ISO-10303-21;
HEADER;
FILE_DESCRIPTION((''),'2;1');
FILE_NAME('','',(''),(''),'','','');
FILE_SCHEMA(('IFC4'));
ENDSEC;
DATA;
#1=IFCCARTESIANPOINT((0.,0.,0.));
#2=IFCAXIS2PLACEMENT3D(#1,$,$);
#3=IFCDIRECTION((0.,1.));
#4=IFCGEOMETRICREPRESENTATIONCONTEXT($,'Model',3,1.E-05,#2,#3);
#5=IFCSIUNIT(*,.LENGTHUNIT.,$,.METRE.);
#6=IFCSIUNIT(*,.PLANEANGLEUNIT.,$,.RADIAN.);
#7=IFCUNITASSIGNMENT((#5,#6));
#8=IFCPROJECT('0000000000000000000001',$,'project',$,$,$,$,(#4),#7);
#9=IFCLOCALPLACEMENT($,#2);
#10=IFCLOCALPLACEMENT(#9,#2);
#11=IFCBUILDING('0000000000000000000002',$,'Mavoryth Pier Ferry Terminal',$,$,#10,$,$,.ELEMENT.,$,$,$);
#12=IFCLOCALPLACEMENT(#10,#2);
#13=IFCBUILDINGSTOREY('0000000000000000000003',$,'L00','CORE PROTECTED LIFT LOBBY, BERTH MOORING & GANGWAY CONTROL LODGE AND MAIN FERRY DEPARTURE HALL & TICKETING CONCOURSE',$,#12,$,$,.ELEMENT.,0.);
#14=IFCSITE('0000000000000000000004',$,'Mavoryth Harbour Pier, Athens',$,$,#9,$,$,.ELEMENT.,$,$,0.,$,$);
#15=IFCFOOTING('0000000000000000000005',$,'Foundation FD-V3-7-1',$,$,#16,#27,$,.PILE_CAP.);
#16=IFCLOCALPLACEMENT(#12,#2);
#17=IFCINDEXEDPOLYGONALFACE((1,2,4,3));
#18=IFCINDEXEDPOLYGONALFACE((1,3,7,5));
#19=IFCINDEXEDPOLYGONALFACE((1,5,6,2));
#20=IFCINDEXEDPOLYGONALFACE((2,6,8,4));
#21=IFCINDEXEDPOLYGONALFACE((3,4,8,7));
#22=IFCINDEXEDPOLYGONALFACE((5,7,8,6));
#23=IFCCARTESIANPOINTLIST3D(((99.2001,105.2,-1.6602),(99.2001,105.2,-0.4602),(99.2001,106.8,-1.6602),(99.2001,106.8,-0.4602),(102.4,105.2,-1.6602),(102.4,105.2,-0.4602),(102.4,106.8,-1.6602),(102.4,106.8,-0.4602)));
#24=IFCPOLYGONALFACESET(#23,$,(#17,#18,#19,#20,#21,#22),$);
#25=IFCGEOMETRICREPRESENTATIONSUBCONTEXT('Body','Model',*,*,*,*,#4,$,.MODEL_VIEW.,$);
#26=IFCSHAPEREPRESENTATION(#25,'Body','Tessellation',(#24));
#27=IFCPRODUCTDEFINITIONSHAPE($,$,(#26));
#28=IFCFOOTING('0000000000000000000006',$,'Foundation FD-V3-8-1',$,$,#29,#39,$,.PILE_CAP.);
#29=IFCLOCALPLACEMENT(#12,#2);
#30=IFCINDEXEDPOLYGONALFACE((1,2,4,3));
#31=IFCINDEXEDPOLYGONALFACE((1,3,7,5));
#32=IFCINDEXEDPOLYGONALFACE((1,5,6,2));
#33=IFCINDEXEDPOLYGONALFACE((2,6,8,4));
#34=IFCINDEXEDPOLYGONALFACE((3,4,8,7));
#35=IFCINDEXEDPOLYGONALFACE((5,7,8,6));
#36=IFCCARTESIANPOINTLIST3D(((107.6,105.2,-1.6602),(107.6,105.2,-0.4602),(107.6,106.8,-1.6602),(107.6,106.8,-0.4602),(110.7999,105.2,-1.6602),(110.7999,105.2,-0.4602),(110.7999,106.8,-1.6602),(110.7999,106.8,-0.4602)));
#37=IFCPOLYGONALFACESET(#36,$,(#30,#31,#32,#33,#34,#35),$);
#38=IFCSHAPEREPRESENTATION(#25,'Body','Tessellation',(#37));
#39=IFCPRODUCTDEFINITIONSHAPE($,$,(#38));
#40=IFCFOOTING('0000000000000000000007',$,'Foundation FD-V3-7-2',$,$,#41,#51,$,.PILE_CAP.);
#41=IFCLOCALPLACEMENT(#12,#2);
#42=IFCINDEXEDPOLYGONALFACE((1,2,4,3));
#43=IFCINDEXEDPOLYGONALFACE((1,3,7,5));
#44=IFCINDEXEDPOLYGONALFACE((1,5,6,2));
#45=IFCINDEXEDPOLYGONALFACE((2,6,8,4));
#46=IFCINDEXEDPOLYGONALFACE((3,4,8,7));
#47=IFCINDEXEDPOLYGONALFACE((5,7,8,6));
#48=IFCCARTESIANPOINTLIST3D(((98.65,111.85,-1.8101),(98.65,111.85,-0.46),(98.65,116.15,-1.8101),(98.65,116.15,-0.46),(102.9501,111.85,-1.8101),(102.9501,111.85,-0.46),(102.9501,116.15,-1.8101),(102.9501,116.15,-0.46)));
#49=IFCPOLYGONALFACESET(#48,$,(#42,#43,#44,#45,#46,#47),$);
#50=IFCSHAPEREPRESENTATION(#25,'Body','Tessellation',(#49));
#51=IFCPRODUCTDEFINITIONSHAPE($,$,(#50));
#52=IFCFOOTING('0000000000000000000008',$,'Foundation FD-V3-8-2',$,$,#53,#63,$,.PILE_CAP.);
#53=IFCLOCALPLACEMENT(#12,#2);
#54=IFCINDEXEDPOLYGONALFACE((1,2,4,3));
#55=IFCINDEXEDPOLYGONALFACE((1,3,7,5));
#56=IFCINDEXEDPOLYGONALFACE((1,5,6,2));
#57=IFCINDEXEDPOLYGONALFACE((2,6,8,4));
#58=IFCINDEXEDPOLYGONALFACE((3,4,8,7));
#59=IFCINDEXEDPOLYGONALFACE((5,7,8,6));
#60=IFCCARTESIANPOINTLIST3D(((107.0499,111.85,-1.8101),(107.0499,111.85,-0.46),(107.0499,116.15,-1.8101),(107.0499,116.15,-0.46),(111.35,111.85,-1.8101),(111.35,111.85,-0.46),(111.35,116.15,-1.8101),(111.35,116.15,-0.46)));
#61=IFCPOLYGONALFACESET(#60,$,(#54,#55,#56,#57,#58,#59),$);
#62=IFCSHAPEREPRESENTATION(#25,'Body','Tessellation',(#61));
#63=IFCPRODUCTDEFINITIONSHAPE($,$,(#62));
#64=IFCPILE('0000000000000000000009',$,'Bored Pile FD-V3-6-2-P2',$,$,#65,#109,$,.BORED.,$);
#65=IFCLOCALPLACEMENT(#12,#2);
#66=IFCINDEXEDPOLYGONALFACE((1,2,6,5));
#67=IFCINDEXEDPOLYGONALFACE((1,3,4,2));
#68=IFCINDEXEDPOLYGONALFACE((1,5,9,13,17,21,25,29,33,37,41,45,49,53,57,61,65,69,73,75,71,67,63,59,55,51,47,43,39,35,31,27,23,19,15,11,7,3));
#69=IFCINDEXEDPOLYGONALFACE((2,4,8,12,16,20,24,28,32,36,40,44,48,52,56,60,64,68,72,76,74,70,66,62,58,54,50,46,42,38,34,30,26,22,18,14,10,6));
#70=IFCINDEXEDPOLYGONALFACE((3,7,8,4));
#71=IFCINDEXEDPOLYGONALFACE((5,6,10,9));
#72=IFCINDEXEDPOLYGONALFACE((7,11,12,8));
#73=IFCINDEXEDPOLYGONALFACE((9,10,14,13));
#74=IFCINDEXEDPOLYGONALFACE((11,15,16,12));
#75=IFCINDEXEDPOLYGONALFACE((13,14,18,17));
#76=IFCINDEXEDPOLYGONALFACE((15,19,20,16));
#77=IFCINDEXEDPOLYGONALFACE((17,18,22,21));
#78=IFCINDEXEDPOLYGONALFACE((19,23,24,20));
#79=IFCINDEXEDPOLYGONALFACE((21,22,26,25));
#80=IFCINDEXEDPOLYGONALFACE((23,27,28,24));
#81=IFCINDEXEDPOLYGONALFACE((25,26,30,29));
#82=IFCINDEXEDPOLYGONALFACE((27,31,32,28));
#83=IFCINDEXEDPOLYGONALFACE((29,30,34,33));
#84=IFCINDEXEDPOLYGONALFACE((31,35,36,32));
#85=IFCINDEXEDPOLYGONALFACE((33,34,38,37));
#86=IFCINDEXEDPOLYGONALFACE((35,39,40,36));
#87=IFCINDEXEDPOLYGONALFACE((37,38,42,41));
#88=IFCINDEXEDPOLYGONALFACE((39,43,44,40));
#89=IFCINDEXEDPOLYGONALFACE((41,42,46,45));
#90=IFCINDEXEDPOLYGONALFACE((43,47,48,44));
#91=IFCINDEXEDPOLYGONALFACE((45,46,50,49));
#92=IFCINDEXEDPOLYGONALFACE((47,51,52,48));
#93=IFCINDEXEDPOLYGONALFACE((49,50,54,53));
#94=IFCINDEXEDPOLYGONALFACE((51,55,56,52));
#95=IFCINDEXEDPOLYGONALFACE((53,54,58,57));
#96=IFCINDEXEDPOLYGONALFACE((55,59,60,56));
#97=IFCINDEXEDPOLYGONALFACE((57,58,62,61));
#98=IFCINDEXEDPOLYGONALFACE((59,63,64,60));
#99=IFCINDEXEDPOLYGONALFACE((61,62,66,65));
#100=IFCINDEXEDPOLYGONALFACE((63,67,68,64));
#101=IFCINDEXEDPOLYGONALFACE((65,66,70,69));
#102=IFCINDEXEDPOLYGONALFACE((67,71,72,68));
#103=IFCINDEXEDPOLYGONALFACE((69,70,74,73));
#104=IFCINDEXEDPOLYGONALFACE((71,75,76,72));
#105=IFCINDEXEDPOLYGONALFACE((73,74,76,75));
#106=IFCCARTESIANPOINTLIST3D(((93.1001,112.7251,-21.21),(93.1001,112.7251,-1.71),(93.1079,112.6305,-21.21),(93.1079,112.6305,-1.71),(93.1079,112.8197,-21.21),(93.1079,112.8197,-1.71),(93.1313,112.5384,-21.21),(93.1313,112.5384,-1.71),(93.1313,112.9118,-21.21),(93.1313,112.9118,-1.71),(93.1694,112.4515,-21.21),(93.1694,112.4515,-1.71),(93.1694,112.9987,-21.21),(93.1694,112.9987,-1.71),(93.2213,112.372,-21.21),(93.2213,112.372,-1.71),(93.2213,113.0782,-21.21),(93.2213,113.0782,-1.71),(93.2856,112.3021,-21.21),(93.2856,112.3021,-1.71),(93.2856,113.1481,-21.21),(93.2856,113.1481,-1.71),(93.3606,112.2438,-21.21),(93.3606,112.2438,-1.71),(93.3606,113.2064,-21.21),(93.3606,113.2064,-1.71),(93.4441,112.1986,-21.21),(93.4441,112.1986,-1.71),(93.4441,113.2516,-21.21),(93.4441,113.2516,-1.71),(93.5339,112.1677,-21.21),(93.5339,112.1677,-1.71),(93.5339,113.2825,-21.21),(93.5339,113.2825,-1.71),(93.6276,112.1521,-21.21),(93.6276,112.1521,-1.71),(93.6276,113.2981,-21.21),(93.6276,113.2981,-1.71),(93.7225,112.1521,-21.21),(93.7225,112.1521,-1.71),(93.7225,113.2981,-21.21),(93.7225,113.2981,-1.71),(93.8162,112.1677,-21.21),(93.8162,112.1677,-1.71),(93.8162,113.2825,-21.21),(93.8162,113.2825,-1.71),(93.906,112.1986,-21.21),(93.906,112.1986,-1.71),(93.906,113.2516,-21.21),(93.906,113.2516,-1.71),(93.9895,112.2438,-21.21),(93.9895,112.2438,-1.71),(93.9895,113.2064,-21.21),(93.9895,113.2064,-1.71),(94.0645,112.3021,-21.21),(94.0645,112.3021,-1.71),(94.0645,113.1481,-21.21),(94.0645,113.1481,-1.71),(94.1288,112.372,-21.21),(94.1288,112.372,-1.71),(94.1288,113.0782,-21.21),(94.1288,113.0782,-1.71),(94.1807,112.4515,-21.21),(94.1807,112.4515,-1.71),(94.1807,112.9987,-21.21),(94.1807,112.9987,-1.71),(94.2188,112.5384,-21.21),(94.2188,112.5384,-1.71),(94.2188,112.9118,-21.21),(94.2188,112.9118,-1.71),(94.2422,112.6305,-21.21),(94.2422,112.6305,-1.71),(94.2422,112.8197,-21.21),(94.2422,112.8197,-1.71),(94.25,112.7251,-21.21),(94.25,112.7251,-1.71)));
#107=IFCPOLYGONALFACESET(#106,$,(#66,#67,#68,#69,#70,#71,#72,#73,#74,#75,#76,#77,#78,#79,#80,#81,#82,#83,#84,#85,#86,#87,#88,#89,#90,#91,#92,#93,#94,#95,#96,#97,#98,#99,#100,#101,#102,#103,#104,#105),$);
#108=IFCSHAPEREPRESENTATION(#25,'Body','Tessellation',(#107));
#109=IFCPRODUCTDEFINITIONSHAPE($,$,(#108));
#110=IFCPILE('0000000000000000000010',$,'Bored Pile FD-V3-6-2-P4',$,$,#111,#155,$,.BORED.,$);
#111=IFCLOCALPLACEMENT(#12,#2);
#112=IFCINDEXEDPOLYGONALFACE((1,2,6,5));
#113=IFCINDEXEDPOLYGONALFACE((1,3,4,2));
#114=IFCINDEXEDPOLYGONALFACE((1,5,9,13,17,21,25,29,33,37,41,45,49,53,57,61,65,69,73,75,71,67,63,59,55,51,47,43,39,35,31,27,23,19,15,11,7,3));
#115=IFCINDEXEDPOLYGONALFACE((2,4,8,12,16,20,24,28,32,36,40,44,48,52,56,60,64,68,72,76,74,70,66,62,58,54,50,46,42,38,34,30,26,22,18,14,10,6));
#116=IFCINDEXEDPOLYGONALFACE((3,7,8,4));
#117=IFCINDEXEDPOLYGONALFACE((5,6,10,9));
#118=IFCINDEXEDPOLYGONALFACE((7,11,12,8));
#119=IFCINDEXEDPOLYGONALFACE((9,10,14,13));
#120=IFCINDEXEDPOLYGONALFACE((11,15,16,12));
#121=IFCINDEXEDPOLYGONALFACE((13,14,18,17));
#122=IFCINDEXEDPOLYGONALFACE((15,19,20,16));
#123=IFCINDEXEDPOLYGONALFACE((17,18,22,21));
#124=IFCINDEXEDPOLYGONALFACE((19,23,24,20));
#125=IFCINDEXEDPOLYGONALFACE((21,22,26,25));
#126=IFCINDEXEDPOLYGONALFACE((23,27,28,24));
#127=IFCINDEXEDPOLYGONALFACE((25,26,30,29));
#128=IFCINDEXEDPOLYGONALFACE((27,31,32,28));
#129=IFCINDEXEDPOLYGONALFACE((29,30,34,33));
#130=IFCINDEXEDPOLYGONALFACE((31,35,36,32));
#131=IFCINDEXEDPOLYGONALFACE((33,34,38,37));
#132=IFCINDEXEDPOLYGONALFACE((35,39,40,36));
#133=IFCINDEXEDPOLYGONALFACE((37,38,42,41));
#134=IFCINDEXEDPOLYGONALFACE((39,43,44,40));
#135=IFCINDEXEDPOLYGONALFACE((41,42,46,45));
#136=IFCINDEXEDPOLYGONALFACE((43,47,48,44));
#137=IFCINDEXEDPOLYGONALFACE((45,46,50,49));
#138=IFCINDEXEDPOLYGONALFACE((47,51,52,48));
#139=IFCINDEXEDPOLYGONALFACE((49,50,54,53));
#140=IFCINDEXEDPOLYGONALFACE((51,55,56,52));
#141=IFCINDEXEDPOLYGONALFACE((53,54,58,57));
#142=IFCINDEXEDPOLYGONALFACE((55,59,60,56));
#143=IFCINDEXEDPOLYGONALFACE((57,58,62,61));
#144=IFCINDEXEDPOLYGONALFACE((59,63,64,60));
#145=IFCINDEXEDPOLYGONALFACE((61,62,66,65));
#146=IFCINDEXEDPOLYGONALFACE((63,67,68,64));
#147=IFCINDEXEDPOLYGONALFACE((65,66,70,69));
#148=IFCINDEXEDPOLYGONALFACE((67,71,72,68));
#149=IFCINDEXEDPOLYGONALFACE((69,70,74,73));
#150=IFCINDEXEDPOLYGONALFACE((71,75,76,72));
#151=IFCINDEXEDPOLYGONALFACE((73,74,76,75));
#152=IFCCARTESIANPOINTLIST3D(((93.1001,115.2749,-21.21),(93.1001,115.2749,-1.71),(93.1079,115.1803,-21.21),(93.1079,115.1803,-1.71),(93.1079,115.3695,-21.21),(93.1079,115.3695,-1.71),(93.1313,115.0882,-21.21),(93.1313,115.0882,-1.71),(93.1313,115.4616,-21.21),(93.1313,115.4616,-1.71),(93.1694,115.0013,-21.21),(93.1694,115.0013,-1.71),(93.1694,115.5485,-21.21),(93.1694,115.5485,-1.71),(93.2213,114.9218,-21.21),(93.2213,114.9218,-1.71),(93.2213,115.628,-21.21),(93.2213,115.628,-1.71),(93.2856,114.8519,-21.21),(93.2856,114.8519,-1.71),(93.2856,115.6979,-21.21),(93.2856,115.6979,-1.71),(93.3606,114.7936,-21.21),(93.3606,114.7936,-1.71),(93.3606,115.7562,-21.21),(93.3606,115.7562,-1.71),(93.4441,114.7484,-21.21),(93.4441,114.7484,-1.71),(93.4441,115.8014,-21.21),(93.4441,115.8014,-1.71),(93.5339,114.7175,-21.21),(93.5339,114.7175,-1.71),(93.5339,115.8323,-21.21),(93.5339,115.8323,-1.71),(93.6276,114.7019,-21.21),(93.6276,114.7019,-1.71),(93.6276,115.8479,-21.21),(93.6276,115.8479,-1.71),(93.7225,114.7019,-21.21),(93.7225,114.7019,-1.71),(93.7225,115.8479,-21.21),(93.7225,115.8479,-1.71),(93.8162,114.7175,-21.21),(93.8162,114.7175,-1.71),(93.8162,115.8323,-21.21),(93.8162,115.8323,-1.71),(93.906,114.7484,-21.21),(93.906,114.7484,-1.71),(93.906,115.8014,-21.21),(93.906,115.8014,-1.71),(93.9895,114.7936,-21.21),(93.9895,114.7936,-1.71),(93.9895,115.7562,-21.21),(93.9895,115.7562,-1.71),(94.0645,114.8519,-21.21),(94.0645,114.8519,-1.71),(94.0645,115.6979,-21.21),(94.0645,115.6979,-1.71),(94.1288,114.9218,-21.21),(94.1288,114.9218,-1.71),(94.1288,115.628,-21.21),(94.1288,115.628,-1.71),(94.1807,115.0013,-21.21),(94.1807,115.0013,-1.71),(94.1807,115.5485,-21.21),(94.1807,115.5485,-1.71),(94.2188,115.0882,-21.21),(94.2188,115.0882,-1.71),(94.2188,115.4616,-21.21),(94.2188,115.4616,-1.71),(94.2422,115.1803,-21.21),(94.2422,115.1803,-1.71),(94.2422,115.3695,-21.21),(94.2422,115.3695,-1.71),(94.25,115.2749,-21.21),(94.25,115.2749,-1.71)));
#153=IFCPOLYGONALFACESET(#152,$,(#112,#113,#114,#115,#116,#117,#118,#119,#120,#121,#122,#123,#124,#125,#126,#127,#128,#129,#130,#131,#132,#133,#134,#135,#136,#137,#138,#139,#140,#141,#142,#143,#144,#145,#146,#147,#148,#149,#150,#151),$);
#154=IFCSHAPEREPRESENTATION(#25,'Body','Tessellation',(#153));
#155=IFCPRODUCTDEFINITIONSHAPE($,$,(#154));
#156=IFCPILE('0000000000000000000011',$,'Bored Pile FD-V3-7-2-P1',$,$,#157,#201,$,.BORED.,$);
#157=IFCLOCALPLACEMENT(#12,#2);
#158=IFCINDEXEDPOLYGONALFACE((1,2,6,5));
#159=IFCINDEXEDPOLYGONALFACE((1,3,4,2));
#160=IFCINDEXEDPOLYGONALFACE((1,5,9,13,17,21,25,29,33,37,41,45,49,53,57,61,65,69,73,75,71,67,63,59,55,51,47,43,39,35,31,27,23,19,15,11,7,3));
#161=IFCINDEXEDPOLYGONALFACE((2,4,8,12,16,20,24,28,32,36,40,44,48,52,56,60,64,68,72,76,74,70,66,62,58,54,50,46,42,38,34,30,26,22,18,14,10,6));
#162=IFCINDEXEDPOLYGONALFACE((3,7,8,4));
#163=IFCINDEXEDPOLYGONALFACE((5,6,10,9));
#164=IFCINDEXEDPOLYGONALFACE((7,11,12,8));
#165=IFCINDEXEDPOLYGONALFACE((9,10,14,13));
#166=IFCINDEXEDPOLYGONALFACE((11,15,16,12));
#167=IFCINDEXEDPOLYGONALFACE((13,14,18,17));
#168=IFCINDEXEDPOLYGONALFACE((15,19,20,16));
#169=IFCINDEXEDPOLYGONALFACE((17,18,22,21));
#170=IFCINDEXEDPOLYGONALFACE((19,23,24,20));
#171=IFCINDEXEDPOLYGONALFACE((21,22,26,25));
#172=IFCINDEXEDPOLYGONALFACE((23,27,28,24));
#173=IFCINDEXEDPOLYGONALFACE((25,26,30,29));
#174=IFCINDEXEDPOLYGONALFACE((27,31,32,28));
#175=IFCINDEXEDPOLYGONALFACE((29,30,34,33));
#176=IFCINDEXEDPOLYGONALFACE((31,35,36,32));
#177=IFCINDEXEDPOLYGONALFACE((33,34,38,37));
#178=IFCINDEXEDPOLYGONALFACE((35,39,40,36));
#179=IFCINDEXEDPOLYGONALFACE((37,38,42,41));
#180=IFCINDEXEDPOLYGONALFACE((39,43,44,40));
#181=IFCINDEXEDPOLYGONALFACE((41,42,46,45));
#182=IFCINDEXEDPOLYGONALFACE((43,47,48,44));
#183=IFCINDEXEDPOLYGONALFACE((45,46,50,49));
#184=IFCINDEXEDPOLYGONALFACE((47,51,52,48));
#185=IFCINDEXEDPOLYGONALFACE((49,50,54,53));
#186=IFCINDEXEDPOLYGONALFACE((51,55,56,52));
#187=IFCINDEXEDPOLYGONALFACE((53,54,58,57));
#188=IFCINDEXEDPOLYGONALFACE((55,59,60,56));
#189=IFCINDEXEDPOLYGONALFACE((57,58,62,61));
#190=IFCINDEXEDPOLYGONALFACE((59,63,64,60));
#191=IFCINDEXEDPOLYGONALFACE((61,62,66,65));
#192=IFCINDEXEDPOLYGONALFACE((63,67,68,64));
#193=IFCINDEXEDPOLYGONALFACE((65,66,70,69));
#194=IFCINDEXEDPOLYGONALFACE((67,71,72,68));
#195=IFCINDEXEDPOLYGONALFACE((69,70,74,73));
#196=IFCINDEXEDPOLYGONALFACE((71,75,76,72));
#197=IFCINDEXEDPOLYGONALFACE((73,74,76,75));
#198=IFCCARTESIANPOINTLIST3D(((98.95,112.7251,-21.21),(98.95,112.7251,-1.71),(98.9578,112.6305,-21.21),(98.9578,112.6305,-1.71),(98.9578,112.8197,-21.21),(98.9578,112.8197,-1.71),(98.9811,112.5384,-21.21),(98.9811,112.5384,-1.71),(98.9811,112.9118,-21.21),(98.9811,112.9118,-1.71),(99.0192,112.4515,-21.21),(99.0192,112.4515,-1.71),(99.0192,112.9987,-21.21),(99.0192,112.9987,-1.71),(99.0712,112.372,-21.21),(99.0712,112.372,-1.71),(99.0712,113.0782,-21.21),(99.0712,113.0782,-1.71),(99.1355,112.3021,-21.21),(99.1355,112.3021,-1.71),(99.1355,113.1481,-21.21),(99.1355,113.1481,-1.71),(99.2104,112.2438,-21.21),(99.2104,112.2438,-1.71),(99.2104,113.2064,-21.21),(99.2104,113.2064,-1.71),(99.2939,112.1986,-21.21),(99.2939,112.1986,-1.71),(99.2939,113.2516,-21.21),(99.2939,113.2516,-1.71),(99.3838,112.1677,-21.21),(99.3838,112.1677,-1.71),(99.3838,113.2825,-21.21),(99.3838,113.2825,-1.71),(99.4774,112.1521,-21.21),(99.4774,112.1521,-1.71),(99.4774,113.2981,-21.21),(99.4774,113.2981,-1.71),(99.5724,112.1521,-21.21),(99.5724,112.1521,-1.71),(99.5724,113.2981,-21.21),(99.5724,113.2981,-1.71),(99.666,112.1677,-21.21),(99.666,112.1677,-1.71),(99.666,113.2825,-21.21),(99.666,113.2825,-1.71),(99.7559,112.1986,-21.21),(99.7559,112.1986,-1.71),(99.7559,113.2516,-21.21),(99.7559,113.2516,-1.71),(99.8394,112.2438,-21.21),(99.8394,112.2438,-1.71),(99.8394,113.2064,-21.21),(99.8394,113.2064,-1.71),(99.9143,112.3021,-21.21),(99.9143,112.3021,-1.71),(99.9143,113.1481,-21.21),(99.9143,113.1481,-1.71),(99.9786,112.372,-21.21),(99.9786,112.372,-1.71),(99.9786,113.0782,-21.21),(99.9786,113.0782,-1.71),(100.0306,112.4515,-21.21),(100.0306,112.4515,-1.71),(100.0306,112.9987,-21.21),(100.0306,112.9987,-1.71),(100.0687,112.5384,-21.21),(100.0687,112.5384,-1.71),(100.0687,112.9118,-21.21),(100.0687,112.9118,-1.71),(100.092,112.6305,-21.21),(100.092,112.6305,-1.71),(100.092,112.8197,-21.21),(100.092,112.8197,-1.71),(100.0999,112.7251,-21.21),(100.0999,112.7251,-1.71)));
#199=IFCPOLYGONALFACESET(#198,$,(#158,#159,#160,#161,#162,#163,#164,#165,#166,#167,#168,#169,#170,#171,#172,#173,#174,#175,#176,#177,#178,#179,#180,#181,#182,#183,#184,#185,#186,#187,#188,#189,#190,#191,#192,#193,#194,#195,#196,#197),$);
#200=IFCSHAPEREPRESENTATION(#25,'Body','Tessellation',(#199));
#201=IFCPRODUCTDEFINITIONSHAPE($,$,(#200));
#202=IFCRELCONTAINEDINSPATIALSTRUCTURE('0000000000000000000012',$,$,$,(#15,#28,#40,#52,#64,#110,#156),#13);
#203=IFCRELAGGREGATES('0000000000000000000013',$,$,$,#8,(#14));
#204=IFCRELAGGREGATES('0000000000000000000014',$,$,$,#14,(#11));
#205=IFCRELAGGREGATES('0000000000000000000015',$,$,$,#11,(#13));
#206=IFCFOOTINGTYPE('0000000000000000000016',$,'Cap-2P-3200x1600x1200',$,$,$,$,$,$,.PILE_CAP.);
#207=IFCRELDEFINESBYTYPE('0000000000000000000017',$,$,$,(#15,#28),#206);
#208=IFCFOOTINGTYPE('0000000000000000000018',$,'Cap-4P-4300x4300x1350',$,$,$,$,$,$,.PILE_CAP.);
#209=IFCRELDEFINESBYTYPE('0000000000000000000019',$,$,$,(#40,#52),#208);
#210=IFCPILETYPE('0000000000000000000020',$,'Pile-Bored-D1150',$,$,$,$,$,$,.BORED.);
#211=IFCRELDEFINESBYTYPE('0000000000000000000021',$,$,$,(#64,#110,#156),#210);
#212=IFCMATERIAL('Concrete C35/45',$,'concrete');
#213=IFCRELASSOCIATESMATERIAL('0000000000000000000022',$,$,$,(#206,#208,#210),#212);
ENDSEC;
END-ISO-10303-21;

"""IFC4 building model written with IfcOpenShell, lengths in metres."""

from ifc_helpers import new_model, si_unit, direction, frame, origin, origin_2d, place, context, subcontext, project, spatial, rectangle, circle, extrude, material, material_profile, profile_set, type_object, element, save


model = new_model("IFC4")

# Units and contexts
model_context = context("Model", 3, precision=1e-05, world=origin(), true_north=direction((0.0, 1.0)))
body_context = subcontext(model_context, "Body", "Model", "MODEL_VIEW")
ifc_project = project(units=[si_unit("LENGTHUNIT", "METRE"), si_unit("PLANEANGLEUNIT", "RADIAN")], contexts=[model_context])

# Site, building, storey
site_placement = place(None, origin())
site = spatial("IfcSite", under=ifc_project, at=site_placement, Name="Mavoryth Harbour Pier, Athens", CompositionType="ELEMENT", RefElevation=0.0)
building_placement = place(site_placement, origin())
building = spatial("IfcBuilding", under=site, at=building_placement, Name="Mavoryth Pier Ferry Terminal", CompositionType="ELEMENT")
storey_placement = place(building_placement, origin())
storey = spatial("IfcBuildingStorey", under=building, at=storey_placement, Name="L00", Description="CORE PROTECTED LIFT LOBBY, BERTH MOORING & GANGWAY CONTROL LODGE AND MAIN FERRY DEPARTURE HALL & TICKETING CONCOURSE", CompositionType="ELEMENT", Elevation=0.0)

# Footings
ifc_material_1 = material(Name="Concrete C35/45", Category="concrete")
footing_type_1 = type_object("IfcFootingType", Name="Cap-2P-3200x1600x1200", PredefinedType="PILE_CAP", material=ifc_material_1)
for number, where, z_axis, x_axis, name in (
    (1, (100.8, 106.0, -1.6602), (0.0, 0.0, 1.0), (1.0, 0.0, 0.0), "Foundation FD-V3-7-1"),
    (2, (109.2, 106.0, -1.6602), (0.0, 0.0, 1.0), (1.0, 0.0, 0.0), "Foundation FD-V3-8-1"),
):
    element("IfcFooting", number, at=place(storey_placement, frame(where, z_axis=z_axis, x_axis=x_axis)), inside=storey, type_object=footing_type_1, Name=name, PredefinedType="PILE_CAP", context=body_context, shape_type="SweptSolid", body=[
        extrude(rectangle(XDim=3.2, YDim=1.6001, at=origin_2d()), origin(), (0.0, 0.0, 1.0), 1.2),
    ])
footing_type_2 = type_object("IfcFootingType", Name="Cap-4P-4300x4300x1350", PredefinedType="PILE_CAP", material=ifc_material_1)
for number, where, z_axis, x_axis, name in (
    (3, (100.8, 114.0, -1.8101), (0.0, 0.0, 1.0), (1.0, 0.0, 0.0), "Foundation FD-V3-7-2"),
    (4, (109.2, 114.0, -1.8101), (0.0, 0.0, 1.0), (1.0, 0.0, 0.0), "Foundation FD-V3-8-2"),
):
    element("IfcFooting", number, at=place(storey_placement, frame(where, z_axis=z_axis, x_axis=x_axis)), inside=storey, type_object=footing_type_2, Name=name, PredefinedType="PILE_CAP", context=body_context, shape_type="SweptSolid", body=[
        extrude(rectangle(XDim=4.3, YDim=4.3, at=origin_2d()), origin(), (0.0, 0.0, 1.0), 1.3501),
    ])

# Piles
ifc_material_profile_1 = material_profile(ifc_material_1, circle(Radius=0.575, at=origin_2d()), Name="PILE D1150", Category="concrete")
ifc_profile_set_1 = profile_set([ifc_material_profile_1], Name="Concrete C35/45 - PILE D1150")
pile_type_1 = type_object("IfcPileType", Name="Pile-Bored-D1150", PredefinedType="BORED", material=ifc_profile_set_1)
for number, where, z_axis, x_axis, name in (
    (5, (93.675, 112.7251, -1.71), (0.0, 0.0, -1.0), (1.0, 0.0, 0.0), "Bored Pile FD-V3-6-2-P2"),
    (6, (93.675, 115.2749, -1.71), (0.0, 0.0, -1.0), (1.0, 0.0, 0.0), "Bored Pile FD-V3-6-2-P4"),
    (7, (99.5249, 112.7251, -1.71), (0.0, 0.0, -1.0), (1.0, 0.0, 0.0), "Bored Pile FD-V3-7-2-P1"),
):
    element("IfcPile", number, at=place(storey_placement, frame(where, z_axis=z_axis, x_axis=x_axis)), inside=storey, type_object=pile_type_1, Name=name, PredefinedType="BORED", context=body_context, shape_type="SweptSolid", body=[
        extrude(circle(Radius=0.575, at=origin_2d()), origin(), (0.0, 0.0, 1.0), 19.5),
    ])

save(model, "model.ifc")
